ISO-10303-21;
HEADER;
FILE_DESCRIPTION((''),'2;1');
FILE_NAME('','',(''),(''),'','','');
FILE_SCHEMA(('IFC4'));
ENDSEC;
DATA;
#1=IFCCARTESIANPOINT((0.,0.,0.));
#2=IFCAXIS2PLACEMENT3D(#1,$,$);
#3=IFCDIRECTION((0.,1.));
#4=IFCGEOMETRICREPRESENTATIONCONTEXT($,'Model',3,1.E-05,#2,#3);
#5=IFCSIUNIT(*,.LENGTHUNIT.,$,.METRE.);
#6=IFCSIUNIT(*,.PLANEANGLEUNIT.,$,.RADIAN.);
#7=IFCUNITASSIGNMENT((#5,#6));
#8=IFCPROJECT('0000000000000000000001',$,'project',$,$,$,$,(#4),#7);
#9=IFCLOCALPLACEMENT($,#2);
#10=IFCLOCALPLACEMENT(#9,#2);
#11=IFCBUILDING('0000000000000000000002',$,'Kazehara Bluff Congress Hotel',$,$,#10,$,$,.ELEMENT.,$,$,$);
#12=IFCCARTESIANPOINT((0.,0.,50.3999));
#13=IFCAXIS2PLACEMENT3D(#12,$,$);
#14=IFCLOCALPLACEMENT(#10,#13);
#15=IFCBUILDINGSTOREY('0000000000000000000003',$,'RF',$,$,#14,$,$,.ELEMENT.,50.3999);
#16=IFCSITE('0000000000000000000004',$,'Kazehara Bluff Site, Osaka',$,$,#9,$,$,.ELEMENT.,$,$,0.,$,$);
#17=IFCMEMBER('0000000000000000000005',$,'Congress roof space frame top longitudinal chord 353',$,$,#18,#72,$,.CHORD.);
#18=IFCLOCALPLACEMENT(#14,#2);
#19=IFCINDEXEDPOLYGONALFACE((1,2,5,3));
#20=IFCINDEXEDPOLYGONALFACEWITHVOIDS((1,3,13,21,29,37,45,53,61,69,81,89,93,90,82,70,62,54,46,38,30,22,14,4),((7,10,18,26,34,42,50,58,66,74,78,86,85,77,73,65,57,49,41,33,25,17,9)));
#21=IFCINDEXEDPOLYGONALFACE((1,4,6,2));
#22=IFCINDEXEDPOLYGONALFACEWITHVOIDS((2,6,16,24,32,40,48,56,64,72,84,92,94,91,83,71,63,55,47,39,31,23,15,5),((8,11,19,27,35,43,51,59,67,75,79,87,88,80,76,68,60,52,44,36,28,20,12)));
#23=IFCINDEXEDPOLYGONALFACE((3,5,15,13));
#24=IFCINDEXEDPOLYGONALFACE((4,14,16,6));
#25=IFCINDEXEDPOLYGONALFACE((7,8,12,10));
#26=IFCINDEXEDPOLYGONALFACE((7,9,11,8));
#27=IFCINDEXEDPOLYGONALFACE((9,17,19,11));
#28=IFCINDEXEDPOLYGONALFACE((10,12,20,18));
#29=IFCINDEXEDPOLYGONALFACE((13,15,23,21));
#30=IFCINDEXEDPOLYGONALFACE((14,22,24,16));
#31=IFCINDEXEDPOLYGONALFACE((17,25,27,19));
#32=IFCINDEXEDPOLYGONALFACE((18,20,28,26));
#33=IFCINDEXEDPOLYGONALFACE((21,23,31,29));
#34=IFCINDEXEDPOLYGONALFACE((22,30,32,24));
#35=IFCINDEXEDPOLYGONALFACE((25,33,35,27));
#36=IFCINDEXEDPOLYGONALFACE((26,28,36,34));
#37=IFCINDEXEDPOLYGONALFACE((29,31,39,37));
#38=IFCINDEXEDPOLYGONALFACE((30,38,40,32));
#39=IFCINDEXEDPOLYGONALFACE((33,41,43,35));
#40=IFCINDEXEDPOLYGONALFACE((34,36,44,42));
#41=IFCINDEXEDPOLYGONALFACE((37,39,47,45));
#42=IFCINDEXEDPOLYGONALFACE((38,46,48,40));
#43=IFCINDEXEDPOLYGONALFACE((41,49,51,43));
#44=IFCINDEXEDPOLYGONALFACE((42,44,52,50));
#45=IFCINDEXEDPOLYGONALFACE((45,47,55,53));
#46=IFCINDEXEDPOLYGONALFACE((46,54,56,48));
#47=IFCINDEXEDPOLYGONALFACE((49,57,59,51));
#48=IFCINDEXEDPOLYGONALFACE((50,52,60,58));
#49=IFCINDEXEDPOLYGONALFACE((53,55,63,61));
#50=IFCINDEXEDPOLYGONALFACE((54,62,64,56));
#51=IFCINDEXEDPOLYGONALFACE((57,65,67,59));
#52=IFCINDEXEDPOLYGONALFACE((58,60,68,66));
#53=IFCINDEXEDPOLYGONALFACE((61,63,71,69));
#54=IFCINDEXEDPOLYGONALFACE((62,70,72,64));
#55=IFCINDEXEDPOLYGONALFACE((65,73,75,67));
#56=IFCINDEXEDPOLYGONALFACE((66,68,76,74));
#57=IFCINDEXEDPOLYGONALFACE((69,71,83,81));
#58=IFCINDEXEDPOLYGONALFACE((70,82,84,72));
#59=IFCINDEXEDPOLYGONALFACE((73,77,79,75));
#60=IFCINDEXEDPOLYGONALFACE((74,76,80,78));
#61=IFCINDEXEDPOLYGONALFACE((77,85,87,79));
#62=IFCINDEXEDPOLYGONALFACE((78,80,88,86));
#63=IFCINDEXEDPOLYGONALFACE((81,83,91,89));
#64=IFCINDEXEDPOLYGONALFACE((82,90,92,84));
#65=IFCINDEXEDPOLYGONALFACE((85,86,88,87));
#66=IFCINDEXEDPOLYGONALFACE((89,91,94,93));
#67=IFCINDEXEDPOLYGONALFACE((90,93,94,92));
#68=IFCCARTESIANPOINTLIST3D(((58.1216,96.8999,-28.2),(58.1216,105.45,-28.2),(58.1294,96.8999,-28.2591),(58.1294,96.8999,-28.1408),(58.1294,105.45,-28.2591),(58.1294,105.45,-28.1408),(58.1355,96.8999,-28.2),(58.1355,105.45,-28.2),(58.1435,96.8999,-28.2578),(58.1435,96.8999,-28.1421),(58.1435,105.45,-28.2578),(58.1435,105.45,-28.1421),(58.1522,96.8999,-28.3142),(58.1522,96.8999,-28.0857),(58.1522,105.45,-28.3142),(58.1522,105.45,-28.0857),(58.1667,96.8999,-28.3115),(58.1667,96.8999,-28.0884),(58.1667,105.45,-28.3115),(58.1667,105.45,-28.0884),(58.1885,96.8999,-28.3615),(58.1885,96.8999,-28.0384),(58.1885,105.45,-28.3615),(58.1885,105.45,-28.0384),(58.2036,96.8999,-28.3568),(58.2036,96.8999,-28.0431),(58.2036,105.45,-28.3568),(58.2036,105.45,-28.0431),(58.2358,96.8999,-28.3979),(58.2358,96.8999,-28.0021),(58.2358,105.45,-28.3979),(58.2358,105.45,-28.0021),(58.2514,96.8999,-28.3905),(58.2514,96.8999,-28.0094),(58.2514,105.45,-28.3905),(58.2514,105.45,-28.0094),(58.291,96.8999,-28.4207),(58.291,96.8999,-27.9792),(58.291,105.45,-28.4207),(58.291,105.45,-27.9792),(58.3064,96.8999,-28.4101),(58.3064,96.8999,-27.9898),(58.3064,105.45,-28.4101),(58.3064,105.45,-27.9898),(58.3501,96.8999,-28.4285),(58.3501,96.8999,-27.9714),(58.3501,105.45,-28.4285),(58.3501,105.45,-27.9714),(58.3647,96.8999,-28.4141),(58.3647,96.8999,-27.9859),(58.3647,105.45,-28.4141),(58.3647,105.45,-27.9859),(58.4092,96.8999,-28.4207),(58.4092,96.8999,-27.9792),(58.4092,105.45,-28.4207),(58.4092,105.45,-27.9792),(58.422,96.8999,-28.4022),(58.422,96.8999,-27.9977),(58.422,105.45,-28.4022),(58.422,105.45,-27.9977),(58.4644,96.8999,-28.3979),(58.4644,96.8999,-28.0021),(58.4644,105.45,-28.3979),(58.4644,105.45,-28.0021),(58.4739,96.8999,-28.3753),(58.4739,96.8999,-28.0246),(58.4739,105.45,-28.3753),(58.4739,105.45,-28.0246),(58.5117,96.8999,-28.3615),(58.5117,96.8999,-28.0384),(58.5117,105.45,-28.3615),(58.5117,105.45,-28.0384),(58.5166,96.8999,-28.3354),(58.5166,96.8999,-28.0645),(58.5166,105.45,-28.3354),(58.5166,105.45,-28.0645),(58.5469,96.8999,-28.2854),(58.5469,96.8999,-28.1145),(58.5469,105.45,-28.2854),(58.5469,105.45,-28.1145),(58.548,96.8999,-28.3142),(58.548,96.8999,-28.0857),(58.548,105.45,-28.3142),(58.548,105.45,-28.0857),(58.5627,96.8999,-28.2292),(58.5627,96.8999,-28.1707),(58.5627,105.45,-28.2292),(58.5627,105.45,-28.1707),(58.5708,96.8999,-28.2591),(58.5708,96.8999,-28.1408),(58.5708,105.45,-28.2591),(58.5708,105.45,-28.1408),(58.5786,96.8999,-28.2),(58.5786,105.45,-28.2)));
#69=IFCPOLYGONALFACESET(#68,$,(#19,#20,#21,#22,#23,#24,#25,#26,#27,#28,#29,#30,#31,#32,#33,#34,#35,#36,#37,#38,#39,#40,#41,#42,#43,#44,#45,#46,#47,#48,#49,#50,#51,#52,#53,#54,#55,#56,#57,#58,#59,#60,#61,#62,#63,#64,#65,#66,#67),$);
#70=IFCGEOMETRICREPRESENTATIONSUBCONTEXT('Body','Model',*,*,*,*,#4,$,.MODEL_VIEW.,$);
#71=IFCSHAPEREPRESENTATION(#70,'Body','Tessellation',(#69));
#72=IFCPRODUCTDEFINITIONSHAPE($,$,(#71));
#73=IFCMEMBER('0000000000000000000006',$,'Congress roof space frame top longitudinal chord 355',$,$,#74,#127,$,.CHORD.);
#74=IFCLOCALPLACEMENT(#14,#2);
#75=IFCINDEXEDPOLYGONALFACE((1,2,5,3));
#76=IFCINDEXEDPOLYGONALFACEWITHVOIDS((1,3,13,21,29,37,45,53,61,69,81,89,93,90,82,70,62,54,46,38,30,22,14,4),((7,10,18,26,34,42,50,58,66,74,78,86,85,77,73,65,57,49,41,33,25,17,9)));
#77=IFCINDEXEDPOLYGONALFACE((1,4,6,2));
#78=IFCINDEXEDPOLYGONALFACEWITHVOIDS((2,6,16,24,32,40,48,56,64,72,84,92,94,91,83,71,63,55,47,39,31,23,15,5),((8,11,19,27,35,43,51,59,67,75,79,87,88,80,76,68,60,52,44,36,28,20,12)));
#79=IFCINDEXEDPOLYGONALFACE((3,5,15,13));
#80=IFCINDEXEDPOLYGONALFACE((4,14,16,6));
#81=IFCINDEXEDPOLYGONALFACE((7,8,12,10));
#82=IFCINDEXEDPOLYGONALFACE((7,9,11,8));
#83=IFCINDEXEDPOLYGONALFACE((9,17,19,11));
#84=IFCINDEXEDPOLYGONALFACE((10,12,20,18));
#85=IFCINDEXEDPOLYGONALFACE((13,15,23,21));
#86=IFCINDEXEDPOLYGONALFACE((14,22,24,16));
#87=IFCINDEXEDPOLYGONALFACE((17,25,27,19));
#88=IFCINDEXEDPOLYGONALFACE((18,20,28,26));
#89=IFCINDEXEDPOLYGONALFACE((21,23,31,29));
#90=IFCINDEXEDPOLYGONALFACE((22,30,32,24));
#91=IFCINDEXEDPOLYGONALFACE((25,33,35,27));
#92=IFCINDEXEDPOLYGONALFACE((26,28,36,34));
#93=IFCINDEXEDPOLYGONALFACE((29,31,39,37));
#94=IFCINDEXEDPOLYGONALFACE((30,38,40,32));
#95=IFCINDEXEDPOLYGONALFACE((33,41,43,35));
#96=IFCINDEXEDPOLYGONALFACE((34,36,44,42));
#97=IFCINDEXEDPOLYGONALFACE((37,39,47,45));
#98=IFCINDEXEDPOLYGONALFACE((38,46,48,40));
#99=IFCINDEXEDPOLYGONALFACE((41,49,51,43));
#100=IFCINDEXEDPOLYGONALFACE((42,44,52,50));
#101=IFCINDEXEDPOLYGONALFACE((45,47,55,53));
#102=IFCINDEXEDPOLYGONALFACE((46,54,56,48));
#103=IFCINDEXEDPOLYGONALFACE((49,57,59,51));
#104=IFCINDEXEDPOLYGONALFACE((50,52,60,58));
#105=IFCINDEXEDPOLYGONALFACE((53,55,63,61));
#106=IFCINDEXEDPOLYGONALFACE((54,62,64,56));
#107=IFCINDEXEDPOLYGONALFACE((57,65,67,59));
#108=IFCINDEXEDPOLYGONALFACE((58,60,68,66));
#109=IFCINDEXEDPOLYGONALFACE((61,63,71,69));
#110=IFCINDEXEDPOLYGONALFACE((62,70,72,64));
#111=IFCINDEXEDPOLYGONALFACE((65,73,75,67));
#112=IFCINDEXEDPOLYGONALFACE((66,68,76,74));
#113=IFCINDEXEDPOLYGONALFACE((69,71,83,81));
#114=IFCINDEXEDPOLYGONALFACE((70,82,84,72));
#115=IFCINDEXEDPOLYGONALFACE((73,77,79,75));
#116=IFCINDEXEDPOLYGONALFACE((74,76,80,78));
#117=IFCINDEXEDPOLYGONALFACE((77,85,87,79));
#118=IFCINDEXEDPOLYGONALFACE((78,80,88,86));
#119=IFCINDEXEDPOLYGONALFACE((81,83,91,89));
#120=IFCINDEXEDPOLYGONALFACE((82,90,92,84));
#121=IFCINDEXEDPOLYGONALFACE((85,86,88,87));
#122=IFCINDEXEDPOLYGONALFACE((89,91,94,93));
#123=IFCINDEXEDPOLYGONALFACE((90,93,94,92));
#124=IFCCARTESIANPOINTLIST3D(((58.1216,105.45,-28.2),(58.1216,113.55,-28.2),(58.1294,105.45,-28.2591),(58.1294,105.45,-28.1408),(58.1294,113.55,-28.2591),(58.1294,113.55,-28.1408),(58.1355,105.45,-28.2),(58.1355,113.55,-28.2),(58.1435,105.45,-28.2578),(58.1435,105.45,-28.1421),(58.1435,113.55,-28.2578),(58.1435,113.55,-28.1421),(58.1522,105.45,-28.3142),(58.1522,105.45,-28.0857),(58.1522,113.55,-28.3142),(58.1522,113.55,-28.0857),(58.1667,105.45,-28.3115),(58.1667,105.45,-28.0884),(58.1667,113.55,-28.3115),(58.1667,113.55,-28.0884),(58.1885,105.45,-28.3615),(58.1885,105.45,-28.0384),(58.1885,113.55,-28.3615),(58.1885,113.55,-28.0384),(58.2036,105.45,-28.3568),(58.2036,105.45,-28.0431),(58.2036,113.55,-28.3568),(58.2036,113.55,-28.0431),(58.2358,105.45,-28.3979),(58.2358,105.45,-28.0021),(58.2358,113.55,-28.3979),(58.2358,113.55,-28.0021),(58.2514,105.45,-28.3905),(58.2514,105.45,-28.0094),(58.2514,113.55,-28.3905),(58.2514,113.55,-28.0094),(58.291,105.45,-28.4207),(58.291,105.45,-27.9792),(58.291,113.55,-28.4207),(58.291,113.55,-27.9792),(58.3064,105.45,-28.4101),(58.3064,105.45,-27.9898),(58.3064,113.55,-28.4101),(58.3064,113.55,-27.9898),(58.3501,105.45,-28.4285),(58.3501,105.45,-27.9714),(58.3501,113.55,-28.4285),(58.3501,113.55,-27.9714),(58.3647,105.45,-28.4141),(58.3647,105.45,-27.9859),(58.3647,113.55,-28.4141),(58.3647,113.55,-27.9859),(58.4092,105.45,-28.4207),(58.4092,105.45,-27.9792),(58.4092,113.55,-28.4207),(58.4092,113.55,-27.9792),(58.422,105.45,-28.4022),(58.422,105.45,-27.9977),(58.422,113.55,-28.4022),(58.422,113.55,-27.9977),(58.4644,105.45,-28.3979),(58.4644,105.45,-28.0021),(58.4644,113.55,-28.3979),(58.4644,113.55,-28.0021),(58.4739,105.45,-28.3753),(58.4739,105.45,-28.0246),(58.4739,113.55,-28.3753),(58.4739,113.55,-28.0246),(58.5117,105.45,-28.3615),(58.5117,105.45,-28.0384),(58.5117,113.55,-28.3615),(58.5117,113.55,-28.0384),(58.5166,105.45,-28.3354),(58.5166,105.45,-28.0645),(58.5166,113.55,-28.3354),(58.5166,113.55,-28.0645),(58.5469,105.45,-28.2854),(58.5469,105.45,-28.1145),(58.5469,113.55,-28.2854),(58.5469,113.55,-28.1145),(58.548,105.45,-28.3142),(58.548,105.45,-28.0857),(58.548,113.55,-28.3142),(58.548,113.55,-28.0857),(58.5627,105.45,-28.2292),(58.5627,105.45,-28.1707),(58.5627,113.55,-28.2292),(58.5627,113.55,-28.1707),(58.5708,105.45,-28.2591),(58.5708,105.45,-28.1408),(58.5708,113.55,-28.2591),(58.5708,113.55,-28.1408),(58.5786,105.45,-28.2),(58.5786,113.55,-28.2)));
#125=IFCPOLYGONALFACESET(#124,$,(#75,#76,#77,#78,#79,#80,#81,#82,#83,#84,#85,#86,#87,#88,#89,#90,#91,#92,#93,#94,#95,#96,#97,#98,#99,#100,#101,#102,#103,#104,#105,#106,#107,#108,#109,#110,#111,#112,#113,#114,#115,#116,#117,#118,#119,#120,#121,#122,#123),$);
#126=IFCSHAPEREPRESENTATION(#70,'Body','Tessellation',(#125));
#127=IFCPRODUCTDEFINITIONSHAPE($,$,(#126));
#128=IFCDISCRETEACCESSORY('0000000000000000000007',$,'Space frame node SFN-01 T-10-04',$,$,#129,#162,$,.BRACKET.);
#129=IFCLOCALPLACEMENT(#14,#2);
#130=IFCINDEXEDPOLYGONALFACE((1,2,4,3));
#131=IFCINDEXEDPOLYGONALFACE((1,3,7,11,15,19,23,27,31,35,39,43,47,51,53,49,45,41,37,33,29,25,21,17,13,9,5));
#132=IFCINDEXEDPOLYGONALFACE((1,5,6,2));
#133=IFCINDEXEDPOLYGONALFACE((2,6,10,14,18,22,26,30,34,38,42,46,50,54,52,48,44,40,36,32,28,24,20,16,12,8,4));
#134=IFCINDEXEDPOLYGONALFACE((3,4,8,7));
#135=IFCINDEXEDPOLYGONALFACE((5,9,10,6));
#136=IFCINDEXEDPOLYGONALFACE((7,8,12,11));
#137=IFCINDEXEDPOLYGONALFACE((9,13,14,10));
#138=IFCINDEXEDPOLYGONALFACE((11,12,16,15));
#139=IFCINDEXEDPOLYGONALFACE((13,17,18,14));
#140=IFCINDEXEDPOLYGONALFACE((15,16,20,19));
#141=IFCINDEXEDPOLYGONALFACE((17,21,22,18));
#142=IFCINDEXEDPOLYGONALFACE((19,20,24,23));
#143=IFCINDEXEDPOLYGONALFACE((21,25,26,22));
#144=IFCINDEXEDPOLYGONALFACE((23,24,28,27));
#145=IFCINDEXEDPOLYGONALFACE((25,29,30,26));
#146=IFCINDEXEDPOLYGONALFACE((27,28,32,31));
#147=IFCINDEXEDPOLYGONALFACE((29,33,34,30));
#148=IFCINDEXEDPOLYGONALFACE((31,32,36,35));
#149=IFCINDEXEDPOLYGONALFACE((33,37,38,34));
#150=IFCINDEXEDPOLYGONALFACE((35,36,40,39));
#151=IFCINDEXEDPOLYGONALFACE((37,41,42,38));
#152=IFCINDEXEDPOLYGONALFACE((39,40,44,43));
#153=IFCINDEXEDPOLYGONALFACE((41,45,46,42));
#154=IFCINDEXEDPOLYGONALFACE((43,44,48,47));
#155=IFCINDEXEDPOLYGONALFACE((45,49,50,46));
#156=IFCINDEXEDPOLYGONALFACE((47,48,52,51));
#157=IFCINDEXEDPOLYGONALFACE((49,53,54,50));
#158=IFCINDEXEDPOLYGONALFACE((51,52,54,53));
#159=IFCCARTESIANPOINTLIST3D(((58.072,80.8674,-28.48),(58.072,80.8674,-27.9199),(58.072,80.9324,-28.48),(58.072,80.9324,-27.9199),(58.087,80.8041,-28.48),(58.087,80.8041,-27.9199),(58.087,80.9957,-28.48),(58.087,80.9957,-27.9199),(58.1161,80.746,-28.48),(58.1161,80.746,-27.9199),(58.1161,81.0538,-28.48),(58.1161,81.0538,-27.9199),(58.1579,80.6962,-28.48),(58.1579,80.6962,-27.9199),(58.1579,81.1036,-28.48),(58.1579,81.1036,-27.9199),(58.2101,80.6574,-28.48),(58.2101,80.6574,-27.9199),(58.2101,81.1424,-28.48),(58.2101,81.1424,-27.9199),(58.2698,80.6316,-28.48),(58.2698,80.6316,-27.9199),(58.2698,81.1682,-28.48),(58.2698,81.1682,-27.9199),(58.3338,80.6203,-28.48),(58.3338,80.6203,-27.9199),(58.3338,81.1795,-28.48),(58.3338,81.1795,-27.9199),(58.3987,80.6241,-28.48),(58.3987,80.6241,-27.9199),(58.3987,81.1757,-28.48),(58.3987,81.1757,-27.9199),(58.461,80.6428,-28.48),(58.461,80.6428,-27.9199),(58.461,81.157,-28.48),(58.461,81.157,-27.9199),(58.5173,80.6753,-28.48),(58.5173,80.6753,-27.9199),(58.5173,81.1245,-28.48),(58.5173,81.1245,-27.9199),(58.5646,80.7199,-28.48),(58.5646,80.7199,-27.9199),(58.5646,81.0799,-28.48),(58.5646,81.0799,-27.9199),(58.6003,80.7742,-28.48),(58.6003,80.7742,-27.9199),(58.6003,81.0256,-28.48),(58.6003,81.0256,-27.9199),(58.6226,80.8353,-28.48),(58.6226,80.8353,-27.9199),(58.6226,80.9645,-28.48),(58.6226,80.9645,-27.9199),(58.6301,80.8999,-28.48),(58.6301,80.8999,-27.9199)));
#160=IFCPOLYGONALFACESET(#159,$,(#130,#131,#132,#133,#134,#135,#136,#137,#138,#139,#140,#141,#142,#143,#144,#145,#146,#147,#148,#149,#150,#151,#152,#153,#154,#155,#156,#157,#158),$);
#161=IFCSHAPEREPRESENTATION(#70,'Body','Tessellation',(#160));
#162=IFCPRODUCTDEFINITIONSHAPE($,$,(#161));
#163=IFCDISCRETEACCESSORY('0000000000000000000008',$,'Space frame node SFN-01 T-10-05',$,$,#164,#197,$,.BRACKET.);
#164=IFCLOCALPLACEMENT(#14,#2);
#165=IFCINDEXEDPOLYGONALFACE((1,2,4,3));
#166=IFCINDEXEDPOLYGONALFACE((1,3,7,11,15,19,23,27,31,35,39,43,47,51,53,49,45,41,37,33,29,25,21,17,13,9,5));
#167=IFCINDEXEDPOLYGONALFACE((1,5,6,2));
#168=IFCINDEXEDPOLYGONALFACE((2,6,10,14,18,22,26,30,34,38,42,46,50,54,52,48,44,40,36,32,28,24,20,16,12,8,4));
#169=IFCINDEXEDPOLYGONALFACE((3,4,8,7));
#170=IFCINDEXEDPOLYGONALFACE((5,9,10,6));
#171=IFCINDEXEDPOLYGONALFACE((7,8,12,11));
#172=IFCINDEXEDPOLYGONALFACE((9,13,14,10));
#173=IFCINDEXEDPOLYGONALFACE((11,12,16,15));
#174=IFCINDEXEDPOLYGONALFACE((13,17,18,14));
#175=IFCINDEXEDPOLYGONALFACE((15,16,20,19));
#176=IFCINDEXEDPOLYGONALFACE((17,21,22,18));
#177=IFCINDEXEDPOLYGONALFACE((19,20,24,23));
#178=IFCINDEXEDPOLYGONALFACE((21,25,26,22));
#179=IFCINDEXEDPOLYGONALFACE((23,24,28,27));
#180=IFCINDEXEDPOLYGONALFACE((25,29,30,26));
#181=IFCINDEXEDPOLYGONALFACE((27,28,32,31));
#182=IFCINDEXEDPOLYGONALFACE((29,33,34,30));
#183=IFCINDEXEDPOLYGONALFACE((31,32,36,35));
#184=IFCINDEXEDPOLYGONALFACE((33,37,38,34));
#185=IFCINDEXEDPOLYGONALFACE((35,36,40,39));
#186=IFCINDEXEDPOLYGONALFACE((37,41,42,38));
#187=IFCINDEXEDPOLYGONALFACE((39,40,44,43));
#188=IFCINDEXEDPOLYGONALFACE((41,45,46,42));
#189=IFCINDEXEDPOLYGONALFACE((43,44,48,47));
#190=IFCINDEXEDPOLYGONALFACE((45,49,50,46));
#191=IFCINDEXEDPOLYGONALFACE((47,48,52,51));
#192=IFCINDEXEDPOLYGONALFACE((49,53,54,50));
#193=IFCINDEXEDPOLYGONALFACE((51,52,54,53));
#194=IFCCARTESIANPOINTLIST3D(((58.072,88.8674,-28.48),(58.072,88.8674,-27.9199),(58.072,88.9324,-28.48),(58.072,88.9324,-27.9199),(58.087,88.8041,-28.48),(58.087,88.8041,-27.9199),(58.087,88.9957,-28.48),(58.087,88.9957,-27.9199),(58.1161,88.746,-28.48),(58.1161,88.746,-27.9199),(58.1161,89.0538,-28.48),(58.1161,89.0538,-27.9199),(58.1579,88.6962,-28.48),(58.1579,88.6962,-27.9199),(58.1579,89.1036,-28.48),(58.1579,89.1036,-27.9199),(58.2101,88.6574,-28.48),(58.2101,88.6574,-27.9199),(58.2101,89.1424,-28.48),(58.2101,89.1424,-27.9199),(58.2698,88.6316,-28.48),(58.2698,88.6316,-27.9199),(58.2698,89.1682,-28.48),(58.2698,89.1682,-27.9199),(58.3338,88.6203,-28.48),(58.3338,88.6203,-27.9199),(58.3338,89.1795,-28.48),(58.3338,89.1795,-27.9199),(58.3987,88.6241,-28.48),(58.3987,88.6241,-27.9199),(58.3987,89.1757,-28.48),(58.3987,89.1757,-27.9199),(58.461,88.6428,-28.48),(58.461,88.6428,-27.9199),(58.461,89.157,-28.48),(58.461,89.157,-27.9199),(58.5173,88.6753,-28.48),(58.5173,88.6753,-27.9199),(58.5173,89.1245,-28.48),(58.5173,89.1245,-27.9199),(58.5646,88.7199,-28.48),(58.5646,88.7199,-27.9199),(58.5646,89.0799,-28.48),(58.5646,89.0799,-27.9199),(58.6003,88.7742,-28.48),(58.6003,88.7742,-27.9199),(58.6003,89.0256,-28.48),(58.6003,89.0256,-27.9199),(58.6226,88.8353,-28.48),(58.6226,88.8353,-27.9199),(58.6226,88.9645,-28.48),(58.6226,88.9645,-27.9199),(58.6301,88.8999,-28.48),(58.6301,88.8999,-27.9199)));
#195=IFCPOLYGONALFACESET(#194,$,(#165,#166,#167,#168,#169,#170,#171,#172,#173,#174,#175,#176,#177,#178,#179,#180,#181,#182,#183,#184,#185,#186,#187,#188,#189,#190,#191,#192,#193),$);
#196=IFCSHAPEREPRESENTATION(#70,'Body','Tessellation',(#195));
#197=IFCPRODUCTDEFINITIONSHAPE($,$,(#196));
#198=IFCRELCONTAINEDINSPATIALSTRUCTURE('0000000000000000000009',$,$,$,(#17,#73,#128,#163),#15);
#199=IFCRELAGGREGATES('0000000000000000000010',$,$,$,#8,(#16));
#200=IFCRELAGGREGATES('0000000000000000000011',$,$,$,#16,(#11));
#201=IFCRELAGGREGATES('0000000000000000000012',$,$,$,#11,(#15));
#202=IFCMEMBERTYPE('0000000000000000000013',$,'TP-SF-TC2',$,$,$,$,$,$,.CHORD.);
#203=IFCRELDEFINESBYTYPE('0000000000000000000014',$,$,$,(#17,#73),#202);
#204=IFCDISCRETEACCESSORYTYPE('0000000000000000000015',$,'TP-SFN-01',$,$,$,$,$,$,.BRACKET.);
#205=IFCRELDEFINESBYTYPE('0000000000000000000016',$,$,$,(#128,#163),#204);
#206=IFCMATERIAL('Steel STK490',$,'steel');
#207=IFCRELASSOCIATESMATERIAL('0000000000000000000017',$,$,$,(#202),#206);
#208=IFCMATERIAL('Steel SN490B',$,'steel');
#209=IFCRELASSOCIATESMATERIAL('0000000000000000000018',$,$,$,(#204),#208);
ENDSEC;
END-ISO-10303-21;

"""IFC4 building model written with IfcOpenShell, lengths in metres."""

from ifc_helpers import new_model, si_unit, direction, frame, origin, origin_2d, place, context, subcontext, project, spatial, circle, hollow_circle, extrude, material, material_profile, profile_set, type_object, element, save


model = new_model("IFC4")

# Units and contexts
model_context = context("Model", 3, precision=1e-05, world=origin(), true_north=direction((0.0, 1.0)))
body_context = subcontext(model_context, "Body", "Model", "MODEL_VIEW")
ifc_project = project(units=[si_unit("LENGTHUNIT", "METRE"), si_unit("PLANEANGLEUNIT", "RADIAN")], contexts=[model_context])

# Site, building, storey
site_placement = place(None, origin())
site = spatial("IfcSite", under=ifc_project, at=site_placement, Name="Kazehara Bluff Site, Osaka", CompositionType="ELEMENT", RefElevation=0.0)
building_placement = place(site_placement, origin())
building = spatial("IfcBuilding", under=site, at=building_placement, Name="Kazehara Bluff Congress Hotel", CompositionType="ELEMENT")
storey_placement = place(building_placement, frame((0.0, 0.0, 50.3999)))
storey = spatial("IfcBuildingStorey", under=building, at=storey_placement, Name="RF", CompositionType="ELEMENT", Elevation=50.3999)

# Members
ifc_material_1 = material(Name="Steel STK490", Category="steel")
ifc_material_profile_1 = material_profile(ifc_material_1, hollow_circle(Radius=0.2285, WallThickness=0.0139, at=origin_2d()))
ifc_profile_set_1 = profile_set([ifc_material_profile_1], Name="Steel STK490")
member_type_1 = type_object("IfcMemberType", Name="TP-SF-TC2", PredefinedType="CHORD", material=ifc_profile_set_1)
member_1_placement = place(storey_placement, frame((58.3501, 96.8999, -28.2), z_axis=(0.0, 1.0, 0.0), x_axis=(-1.0, 0.0, 0.0)))
element("IfcMember", 1, at=member_1_placement, inside=storey, type_object=member_type_1, Name="Congress roof space frame top longitudinal chord 353", PredefinedType="CHORD", context=body_context, shape_type="SweptSolid", body=[
    extrude(hollow_circle(Radius=0.2285, WallThickness=0.0139, at=origin_2d()), origin(), (0.0, 0.0, 1.0), 8.55),
])
member_2_placement = place(storey_placement, frame((58.3501, 105.45, -28.2), z_axis=(0.0, 1.0, 0.0), x_axis=(-1.0, 0.0, 0.0)))
element("IfcMember", 2, at=member_2_placement, inside=storey, type_object=member_type_1, Name="Congress roof space frame top longitudinal chord 355", PredefinedType="CHORD", context=body_context, shape_type="SweptSolid", body=[
    extrude(hollow_circle(Radius=0.2285, WallThickness=0.0139, at=origin_2d()), origin(), (0.0, 0.0, 1.0), 8.1001),
])

# Discrete accessories
ifc_material_2 = material(Name="Steel SN490B", Category="steel")
ifc_material_profile_2 = material_profile(ifc_material_2, circle(Radius=0.28, at=origin_2d()))
ifc_profile_set_2 = profile_set([ifc_material_profile_2], Name="Steel SN490B")
discrete_accessory_type_1 = type_object("IfcDiscreteAccessoryType", Name="TP-SFN-01", PredefinedType="BRACKET", material=ifc_profile_set_2)
for number, where, z_axis, x_axis, name in (
    (3, (58.3501, 80.8999, -28.48), (0.0, 0.0, 1.0), (1.0, 0.0, 0.0), "Space frame node SFN-01 T-10-04"),
    (4, (58.3501, 88.8999, -28.48), (0.0, 0.0, 1.0), (1.0, 0.0, 0.0), "Space frame node SFN-01 T-10-05"),
):
    element("IfcDiscreteAccessory", number, at=place(storey_placement, frame(where, z_axis=z_axis, x_axis=x_axis)), inside=storey, type_object=discrete_accessory_type_1, Name=name, PredefinedType="BRACKET", context=body_context, shape_type="SweptSolid", body=[
        extrude(circle(Radius=0.28, at=origin_2d()), origin(), (0.0, 0.0, 1.0), 0.5601),
    ])

save(model, "model.ifc")
